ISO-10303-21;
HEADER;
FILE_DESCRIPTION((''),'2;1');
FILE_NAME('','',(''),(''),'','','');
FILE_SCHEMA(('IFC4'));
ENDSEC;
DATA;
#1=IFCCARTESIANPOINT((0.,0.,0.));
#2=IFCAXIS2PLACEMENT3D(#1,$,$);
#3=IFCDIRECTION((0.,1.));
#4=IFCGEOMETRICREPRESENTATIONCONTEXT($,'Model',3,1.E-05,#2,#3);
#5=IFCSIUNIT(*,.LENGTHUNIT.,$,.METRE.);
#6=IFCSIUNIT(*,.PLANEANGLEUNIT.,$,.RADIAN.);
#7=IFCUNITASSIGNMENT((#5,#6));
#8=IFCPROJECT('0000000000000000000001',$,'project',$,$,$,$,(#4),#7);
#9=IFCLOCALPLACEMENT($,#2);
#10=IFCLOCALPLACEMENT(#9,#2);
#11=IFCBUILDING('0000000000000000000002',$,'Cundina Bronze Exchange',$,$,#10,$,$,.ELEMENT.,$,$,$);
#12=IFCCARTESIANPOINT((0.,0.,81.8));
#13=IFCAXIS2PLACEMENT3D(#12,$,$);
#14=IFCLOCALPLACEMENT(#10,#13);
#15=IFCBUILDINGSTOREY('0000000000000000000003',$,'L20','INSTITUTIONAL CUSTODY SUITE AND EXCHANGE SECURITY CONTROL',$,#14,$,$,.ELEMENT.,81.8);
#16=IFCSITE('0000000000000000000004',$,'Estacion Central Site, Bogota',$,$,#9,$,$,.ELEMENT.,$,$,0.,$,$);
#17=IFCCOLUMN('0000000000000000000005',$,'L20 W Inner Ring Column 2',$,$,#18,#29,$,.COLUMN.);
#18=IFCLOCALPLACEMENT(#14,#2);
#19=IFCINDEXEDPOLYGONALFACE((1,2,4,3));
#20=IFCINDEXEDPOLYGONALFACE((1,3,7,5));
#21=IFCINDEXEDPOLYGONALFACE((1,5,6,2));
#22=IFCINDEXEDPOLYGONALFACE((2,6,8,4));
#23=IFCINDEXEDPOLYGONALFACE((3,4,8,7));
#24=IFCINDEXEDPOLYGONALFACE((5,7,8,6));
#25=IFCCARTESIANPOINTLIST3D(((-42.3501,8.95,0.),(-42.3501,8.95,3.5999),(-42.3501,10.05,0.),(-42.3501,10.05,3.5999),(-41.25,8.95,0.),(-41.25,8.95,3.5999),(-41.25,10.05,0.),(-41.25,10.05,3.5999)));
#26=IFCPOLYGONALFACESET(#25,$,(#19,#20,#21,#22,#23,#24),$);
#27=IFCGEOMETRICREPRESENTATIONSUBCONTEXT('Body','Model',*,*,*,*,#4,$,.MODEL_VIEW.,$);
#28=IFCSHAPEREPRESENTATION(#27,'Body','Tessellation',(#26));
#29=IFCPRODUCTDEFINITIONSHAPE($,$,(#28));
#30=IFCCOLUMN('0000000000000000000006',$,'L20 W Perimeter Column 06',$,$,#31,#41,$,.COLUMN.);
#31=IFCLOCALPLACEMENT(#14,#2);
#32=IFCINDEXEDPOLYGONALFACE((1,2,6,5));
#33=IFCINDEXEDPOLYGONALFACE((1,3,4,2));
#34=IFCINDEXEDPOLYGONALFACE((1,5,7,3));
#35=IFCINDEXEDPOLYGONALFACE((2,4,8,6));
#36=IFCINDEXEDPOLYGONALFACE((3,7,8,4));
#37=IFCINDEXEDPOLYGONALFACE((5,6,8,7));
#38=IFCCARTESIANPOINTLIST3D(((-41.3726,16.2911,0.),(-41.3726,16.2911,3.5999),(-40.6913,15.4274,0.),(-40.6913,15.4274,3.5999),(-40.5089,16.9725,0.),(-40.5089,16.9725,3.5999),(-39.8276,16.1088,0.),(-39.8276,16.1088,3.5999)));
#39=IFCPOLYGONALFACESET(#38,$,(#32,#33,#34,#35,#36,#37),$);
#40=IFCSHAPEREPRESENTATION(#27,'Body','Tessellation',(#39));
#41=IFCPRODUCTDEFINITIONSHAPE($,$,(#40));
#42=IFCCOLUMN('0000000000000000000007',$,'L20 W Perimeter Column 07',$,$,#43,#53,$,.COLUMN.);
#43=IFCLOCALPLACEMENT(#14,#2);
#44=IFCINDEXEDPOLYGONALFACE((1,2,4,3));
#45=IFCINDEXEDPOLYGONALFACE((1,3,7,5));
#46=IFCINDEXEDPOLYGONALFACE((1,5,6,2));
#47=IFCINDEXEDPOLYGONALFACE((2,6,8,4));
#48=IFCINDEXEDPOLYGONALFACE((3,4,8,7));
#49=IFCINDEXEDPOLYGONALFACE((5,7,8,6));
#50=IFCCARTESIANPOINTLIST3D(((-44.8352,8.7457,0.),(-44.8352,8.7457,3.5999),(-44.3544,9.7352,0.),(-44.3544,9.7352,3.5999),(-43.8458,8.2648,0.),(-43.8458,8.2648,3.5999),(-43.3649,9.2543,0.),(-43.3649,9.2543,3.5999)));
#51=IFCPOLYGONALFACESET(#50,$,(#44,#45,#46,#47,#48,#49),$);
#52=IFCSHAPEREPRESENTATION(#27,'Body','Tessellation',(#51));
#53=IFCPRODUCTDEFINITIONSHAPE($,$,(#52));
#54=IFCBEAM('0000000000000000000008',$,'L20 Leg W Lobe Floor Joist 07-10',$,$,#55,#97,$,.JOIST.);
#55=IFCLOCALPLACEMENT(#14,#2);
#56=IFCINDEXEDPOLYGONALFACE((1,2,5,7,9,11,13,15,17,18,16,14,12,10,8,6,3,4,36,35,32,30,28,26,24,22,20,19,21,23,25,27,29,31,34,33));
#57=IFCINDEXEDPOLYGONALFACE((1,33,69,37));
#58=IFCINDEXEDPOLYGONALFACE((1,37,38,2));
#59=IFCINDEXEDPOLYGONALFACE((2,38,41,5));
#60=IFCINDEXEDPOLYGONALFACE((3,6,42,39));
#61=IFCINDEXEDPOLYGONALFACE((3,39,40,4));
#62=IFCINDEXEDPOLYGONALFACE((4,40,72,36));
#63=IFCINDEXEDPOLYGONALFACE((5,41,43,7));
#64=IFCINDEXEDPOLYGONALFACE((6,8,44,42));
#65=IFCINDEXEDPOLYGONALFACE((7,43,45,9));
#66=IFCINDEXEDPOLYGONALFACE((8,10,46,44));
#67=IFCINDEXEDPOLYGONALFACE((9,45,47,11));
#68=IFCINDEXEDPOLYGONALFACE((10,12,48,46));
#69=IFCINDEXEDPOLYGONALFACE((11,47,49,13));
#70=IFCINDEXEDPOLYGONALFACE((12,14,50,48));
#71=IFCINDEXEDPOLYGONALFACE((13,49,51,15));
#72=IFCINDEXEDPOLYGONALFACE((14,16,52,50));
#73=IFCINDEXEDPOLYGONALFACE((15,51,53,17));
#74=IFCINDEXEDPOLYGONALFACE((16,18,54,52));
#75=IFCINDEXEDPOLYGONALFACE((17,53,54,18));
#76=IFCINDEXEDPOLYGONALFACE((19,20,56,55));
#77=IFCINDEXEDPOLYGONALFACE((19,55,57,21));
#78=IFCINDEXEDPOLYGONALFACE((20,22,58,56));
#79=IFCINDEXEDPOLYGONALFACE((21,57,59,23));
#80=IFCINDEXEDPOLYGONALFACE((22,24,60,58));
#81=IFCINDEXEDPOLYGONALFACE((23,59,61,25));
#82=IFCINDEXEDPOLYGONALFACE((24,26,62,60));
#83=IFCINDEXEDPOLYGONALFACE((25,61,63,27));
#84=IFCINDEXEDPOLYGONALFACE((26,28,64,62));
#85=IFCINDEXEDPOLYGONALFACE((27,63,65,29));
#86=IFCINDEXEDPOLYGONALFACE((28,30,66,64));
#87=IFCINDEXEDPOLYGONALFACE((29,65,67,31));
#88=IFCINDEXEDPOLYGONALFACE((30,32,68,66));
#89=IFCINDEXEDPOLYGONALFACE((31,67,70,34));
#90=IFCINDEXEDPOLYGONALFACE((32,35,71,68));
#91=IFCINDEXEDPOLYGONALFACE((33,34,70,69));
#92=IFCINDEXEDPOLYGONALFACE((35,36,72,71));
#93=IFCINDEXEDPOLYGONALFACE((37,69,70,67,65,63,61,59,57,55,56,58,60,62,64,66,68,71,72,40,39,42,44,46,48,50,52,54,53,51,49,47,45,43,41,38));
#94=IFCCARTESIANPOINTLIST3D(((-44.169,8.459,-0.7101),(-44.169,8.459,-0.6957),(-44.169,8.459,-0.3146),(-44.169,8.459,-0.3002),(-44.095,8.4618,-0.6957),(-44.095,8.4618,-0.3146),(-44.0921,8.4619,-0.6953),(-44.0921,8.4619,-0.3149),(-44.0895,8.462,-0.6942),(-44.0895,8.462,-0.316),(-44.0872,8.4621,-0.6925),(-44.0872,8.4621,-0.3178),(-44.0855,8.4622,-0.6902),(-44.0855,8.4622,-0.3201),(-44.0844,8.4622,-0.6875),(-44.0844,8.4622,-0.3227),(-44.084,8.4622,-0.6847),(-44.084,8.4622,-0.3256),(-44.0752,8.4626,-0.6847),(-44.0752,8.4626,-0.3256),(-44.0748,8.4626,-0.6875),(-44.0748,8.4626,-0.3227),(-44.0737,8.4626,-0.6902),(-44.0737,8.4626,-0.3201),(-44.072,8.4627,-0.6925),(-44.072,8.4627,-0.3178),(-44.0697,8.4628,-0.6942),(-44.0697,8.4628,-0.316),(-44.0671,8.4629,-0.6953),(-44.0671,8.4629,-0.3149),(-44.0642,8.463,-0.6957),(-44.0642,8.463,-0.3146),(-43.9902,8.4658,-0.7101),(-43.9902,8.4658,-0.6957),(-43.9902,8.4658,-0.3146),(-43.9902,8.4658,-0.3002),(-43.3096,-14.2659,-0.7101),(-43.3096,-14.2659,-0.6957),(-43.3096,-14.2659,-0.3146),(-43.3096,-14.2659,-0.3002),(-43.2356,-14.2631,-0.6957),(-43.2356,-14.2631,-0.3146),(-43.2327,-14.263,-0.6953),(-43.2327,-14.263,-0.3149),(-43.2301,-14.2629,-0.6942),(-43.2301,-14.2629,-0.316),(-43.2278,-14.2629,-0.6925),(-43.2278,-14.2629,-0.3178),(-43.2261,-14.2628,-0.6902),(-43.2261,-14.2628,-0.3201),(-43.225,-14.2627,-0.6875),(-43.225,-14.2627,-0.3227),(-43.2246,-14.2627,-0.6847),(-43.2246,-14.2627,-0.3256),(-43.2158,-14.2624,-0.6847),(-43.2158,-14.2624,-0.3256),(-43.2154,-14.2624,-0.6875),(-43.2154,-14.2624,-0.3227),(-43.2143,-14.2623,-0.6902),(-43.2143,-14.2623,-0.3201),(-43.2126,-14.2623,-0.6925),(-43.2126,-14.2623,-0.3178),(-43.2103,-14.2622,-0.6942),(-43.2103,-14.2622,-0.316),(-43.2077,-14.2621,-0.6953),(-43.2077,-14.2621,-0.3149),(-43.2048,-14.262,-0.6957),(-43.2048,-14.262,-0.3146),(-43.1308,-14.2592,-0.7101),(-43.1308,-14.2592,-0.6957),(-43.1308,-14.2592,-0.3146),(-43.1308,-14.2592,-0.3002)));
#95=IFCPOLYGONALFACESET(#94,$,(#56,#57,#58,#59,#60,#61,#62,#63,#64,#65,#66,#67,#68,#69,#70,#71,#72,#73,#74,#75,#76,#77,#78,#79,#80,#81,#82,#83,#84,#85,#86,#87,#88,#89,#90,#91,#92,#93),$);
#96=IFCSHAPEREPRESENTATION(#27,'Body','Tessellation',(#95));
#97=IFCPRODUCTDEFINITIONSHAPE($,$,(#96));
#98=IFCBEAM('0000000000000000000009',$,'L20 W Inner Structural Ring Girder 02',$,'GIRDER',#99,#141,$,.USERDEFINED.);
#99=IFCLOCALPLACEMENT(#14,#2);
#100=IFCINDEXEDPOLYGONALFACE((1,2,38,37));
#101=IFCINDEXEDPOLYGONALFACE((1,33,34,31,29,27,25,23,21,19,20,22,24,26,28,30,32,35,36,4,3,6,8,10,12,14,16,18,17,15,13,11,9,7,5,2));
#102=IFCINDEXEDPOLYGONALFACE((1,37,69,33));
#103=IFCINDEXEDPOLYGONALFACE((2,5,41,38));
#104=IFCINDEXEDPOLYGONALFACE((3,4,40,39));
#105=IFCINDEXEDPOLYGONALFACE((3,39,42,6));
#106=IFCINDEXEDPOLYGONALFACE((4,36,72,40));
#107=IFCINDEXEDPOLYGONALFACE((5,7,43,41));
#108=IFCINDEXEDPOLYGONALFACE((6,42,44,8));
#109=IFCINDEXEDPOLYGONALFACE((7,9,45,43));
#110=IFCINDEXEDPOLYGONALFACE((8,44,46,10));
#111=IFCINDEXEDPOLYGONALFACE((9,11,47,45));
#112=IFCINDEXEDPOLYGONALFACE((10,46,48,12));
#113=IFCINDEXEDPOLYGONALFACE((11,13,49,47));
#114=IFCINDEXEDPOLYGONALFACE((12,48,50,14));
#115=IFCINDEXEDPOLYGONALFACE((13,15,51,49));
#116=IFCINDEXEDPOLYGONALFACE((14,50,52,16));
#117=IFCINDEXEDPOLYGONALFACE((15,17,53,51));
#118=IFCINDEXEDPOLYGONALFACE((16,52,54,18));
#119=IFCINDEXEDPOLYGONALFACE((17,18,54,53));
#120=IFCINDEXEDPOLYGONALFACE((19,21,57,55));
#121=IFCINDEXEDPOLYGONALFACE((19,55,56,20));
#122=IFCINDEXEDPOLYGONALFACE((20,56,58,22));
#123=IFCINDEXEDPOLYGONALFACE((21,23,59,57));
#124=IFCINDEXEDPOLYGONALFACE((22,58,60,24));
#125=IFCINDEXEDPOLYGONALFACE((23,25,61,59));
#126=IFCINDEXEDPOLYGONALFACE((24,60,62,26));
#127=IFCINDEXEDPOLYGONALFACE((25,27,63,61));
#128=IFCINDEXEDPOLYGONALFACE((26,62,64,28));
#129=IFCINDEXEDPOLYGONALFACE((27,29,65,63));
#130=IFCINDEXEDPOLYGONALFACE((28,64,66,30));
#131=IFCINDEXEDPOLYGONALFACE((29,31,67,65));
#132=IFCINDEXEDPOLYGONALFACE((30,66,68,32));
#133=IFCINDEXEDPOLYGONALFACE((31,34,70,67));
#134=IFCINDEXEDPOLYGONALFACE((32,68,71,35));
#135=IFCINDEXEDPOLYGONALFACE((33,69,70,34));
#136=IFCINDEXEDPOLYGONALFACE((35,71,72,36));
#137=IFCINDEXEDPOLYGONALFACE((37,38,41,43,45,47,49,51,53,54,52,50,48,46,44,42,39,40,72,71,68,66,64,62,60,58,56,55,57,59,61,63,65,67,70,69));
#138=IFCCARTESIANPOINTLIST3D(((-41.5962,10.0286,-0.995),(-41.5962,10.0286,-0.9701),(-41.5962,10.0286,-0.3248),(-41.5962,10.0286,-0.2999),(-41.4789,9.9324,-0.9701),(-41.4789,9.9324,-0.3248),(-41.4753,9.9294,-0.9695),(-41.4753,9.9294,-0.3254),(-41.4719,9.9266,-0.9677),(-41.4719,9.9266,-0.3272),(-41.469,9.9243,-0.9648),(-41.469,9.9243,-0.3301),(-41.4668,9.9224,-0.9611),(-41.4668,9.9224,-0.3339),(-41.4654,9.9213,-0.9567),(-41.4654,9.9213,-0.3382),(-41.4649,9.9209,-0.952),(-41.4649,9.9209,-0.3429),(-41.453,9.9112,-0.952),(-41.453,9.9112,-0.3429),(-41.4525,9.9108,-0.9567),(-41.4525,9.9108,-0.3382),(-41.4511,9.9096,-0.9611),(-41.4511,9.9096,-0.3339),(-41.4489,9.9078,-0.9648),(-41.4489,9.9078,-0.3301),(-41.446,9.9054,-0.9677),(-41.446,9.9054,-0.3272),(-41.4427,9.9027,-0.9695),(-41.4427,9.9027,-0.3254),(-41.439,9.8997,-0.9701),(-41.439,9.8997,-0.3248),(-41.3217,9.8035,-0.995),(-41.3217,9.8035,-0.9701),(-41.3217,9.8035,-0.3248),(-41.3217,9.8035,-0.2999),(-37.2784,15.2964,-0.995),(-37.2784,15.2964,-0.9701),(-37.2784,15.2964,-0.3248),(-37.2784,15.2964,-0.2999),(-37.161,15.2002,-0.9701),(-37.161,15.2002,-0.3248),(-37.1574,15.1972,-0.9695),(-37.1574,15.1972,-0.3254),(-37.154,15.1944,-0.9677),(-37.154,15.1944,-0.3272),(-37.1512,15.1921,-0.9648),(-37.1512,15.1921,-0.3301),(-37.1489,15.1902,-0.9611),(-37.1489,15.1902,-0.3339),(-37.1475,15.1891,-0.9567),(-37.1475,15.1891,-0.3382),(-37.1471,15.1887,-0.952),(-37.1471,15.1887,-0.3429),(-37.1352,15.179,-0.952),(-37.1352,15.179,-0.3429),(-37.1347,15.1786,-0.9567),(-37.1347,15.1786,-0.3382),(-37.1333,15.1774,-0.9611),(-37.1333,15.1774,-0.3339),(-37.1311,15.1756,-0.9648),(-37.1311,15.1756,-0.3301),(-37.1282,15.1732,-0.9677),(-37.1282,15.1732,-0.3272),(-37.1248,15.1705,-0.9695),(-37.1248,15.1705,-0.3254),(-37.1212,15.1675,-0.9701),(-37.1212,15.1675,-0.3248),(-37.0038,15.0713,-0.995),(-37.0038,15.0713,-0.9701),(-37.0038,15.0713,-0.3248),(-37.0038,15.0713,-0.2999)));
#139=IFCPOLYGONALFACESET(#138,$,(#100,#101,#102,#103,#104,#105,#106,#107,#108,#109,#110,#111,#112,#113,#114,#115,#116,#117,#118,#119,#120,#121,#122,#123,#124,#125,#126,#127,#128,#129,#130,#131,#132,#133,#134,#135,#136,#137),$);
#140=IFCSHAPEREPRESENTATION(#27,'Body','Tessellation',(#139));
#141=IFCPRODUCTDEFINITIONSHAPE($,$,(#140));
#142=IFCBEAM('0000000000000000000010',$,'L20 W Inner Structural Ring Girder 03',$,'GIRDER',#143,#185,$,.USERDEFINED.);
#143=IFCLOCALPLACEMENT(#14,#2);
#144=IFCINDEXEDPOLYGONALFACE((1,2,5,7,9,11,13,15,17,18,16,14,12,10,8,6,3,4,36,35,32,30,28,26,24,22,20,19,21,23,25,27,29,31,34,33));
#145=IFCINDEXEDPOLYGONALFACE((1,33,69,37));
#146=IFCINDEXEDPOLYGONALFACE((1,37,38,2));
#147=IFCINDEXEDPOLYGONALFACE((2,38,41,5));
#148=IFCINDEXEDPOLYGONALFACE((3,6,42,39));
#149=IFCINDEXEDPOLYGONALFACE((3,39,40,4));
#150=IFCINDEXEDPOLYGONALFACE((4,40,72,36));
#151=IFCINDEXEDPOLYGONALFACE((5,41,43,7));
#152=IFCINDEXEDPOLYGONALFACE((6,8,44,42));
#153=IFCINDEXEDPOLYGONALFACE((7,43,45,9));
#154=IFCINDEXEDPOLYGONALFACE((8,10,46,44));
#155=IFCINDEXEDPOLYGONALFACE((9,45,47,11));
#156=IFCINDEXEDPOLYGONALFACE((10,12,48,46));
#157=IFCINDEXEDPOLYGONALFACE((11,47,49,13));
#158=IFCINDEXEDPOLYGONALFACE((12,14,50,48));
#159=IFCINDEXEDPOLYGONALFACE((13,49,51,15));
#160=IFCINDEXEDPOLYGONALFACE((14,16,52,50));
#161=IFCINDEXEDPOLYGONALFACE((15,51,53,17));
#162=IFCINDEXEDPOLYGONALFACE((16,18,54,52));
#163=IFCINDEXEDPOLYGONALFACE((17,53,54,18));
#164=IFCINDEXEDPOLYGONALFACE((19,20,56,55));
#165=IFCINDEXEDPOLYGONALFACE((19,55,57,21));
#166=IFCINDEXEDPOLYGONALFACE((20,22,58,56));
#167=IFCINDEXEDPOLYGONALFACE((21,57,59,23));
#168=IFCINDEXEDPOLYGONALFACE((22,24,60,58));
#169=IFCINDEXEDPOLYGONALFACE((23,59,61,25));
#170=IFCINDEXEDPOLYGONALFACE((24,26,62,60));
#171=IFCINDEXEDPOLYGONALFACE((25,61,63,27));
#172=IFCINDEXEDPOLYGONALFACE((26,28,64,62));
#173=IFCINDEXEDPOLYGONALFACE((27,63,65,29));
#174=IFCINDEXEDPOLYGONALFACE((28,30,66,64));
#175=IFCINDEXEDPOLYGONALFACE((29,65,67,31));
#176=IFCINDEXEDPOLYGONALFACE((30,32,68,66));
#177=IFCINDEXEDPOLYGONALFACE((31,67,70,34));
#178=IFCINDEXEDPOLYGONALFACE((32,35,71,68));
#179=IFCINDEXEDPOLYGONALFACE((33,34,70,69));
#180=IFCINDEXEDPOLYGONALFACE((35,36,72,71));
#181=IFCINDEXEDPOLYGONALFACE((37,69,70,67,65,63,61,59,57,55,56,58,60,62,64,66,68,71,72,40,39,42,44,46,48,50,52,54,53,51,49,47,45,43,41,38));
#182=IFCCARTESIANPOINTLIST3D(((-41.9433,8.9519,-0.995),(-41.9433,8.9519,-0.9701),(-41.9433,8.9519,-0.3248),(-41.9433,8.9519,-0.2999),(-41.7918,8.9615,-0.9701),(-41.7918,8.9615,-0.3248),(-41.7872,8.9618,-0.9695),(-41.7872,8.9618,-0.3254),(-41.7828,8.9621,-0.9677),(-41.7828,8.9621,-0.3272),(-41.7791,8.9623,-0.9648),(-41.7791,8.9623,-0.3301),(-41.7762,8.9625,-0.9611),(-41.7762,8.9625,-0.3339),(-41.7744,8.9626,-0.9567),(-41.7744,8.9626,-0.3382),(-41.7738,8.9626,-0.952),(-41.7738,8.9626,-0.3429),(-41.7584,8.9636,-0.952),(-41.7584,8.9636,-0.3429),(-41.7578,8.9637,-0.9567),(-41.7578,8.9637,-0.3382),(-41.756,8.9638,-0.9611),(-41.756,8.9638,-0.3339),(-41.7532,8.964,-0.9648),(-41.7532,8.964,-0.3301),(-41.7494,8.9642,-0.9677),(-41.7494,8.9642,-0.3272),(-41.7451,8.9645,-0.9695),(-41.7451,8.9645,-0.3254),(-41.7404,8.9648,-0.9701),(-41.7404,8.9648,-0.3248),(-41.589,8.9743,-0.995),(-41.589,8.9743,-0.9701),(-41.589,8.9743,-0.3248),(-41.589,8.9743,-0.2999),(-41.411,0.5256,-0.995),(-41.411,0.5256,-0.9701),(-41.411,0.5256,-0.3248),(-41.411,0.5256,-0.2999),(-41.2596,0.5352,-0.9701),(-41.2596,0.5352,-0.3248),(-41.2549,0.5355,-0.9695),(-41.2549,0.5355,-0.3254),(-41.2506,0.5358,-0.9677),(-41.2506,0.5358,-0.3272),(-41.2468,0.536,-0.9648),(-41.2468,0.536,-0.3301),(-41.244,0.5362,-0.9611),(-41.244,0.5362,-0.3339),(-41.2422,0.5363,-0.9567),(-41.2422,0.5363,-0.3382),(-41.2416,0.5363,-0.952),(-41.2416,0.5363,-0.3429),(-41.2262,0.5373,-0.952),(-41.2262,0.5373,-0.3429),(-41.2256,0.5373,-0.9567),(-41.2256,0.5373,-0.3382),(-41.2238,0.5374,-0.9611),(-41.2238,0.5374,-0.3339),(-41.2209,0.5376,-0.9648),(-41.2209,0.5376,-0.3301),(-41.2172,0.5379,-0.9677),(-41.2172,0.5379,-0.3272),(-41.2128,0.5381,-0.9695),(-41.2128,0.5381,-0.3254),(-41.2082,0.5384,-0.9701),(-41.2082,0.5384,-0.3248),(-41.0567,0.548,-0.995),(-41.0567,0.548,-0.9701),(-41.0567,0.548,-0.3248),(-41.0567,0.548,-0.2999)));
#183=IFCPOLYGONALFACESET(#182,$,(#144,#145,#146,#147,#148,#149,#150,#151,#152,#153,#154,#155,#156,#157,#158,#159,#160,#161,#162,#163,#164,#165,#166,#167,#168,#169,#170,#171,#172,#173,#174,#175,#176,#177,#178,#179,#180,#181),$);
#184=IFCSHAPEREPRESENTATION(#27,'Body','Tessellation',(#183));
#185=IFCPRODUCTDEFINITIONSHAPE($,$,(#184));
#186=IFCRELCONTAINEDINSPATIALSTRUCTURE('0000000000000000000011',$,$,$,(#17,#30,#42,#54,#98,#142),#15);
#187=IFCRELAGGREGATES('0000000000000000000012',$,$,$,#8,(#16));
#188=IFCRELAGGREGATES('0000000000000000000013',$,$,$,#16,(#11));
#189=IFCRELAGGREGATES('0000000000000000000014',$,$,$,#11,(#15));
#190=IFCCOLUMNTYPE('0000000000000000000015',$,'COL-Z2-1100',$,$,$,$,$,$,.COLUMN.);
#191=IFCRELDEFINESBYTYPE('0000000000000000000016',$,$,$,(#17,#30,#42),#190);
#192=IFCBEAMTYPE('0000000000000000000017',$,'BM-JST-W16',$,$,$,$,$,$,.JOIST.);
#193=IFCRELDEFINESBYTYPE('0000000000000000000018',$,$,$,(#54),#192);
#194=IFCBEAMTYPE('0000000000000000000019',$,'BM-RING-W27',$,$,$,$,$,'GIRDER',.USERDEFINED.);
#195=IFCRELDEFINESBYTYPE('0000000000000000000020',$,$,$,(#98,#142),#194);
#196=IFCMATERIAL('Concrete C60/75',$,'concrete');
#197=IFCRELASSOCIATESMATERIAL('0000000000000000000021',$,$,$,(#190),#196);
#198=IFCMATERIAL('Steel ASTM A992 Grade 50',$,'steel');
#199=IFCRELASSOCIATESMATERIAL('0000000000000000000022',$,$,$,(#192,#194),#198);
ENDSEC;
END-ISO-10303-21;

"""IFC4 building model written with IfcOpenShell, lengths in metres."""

from ifc_helpers import new_model, si_unit, direction, frame, origin, origin_2d, place, context, subcontext, project, spatial, rectangle, i_section, extrude, material, material_profile, profile_set, type_object, element, save


model = new_model("IFC4")

# Units and contexts
model_context = context("Model", 3, precision=1e-05, world=origin(), true_north=direction((0.0, 1.0)))
body_context = subcontext(model_context, "Body", "Model", "MODEL_VIEW")
ifc_project = project(units=[si_unit("LENGTHUNIT", "METRE"), si_unit("PLANEANGLEUNIT", "RADIAN")], contexts=[model_context])

# Site, building, storey
site_placement = place(None, origin())
site = spatial("IfcSite", under=ifc_project, at=site_placement, Name="Estacion Central Site, Bogota", CompositionType="ELEMENT", RefElevation=0.0)
building_placement = place(site_placement, origin())
building = spatial("IfcBuilding", under=site, at=building_placement, Name="Cundina Bronze Exchange", CompositionType="ELEMENT")
storey_placement = place(building_placement, frame((0.0, 0.0, 81.8)))
storey = spatial("IfcBuildingStorey", under=building, at=storey_placement, Name="L20", Description="INSTITUTIONAL CUSTODY SUITE AND EXCHANGE SECURITY CONTROL", CompositionType="ELEMENT", Elevation=81.8)

# Columns
ifc_material_1 = material(Name="Concrete C60/75", Category="concrete")
ifc_material_profile_1 = material_profile(ifc_material_1, rectangle(XDim=1.1001, YDim=1.1001, at=origin_2d()), Name="RC1100X1100", Category="concrete")
ifc_profile_set_1 = profile_set([ifc_material_profile_1], Name="Concrete C60/75")
column_type = type_object("IfcColumnType", Name="COL-Z2-1100", PredefinedType="COLUMN", material=ifc_profile_set_1)
for number, where, z_axis, x_axis, name in (
    (1, (-41.8, 9.5, 0.0), (0.0, 0.0, 1.0), (1.0, 0.0, 0.0), "L20 W Inner Ring Column 2"),
    (2, (-40.6001, 16.2, 0.0), (0.0, 0.0, 1.0), (-0.785101, -0.619368, 0.0), "L20 W Perimeter Column 06"),
    (3, (-44.1001, 9.0, 0.0), (0.0, 0.0, 1.0), (-0.437116, -0.899405, 0.0), "L20 W Perimeter Column 07"),
):
    element("IfcColumn", number, at=place(storey_placement, frame(where, z_axis=z_axis, x_axis=x_axis)), inside=storey, type_object=column_type, Name=name, PredefinedType="COLUMN", context=body_context, shape_type="SweptSolid", body=[
        extrude(rectangle(XDim=1.1001, YDim=1.1001, at=origin_2d()), origin(), (0.0, 0.0, 1.0), 3.5999),
    ])

# Beams
ifc_material_2 = material(Name="Steel ASTM A992 Grade 50", Category="steel")
ifc_material_profile_2 = material_profile(ifc_material_2, i_section(OverallWidth=0.179, OverallDepth=0.4099, WebThickness=0.0088, FlangeThickness=0.0144, FilletRadius=0.011, at=origin_2d()), Name="W16X45", Category="steel")
ifc_profile_set_2 = profile_set([ifc_material_profile_2], Name="Steel ASTM A992 Grade 50")
beam_type_1 = type_object("IfcBeamType", Name="BM-JST-W16", PredefinedType="JOIST", material=ifc_profile_set_2)
beam_1_placement = place(storey_placement, frame((-44.0796, 8.4624, -0.5051), z_axis=(0.03779, -0.999286, 0.0), x_axis=(0.999286, 0.03779, 0.0)))
element("IfcBeam", 4, at=beam_1_placement, inside=storey, type_object=beam_type_1, Name="L20 Leg W Lobe Floor Joist 07-10", PredefinedType="JOIST", context=body_context, shape_type="SweptSolid", body=[
    extrude(i_section(OverallWidth=0.179, OverallDepth=0.4099, WebThickness=0.0088, FlangeThickness=0.0144, FilletRadius=0.011, at=origin_2d()), origin(), (0.0, 0.0, 1.0), 22.7412),
])
ifc_material_profile_3 = material_profile(ifc_material_2, i_section(OverallWidth=0.355, OverallDepth=0.6951, WebThickness=0.0154, FlangeThickness=0.0249, FilletRadius=0.0181, at=origin_2d()), Name="W27X146", Category="steel")
ifc_profile_set_3 = profile_set([ifc_material_profile_3], Name="Steel ASTM A992 Grade 50")
beam_type_2 = type_object("IfcBeamType", Name="BM-RING-W27", ElementType="GIRDER", PredefinedType="USERDEFINED", material=ifc_profile_set_3)
beam_2_placement = place(storey_placement, frame((-37.1411, 15.1838, -0.6475), z_axis=(-0.633927, -0.773393, 0.0), x_axis=(0.773393, -0.633927, 0.0)))
element("IfcBeam", 5, at=beam_2_placement, inside=storey, type_object=beam_type_2, Name="L20 W Inner Structural Ring Girder 02", ObjectType="GIRDER", PredefinedType="USERDEFINED", context=body_context, shape_type="SweptSolid", body=[
    extrude(i_section(OverallWidth=0.355, OverallDepth=0.6951, WebThickness=0.0154, FlangeThickness=0.0249, FilletRadius=0.0181, at=origin_2d()), origin(), (0.0, 0.0, 1.0), 6.8113),
])
beam_3_placement = place(storey_placement, frame((-41.7661, 8.9631, -0.6475), z_axis=(0.063037, -0.998011, 0.0), x_axis=(0.998011, 0.063037, 0.0)))
element("IfcBeam", 6, at=beam_3_placement, inside=storey, type_object=beam_type_2, Name="L20 W Inner Structural Ring Girder 03", ObjectType="GIRDER", PredefinedType="USERDEFINED", context=body_context, shape_type="SweptSolid", body=[
    extrude(i_section(OverallWidth=0.355, OverallDepth=0.6951, WebThickness=0.0154, FlangeThickness=0.0249, FilletRadius=0.0181, at=origin_2d()), origin(), (0.0, 0.0, 1.0), 8.4431),
])

save(model, "model.ifc")
